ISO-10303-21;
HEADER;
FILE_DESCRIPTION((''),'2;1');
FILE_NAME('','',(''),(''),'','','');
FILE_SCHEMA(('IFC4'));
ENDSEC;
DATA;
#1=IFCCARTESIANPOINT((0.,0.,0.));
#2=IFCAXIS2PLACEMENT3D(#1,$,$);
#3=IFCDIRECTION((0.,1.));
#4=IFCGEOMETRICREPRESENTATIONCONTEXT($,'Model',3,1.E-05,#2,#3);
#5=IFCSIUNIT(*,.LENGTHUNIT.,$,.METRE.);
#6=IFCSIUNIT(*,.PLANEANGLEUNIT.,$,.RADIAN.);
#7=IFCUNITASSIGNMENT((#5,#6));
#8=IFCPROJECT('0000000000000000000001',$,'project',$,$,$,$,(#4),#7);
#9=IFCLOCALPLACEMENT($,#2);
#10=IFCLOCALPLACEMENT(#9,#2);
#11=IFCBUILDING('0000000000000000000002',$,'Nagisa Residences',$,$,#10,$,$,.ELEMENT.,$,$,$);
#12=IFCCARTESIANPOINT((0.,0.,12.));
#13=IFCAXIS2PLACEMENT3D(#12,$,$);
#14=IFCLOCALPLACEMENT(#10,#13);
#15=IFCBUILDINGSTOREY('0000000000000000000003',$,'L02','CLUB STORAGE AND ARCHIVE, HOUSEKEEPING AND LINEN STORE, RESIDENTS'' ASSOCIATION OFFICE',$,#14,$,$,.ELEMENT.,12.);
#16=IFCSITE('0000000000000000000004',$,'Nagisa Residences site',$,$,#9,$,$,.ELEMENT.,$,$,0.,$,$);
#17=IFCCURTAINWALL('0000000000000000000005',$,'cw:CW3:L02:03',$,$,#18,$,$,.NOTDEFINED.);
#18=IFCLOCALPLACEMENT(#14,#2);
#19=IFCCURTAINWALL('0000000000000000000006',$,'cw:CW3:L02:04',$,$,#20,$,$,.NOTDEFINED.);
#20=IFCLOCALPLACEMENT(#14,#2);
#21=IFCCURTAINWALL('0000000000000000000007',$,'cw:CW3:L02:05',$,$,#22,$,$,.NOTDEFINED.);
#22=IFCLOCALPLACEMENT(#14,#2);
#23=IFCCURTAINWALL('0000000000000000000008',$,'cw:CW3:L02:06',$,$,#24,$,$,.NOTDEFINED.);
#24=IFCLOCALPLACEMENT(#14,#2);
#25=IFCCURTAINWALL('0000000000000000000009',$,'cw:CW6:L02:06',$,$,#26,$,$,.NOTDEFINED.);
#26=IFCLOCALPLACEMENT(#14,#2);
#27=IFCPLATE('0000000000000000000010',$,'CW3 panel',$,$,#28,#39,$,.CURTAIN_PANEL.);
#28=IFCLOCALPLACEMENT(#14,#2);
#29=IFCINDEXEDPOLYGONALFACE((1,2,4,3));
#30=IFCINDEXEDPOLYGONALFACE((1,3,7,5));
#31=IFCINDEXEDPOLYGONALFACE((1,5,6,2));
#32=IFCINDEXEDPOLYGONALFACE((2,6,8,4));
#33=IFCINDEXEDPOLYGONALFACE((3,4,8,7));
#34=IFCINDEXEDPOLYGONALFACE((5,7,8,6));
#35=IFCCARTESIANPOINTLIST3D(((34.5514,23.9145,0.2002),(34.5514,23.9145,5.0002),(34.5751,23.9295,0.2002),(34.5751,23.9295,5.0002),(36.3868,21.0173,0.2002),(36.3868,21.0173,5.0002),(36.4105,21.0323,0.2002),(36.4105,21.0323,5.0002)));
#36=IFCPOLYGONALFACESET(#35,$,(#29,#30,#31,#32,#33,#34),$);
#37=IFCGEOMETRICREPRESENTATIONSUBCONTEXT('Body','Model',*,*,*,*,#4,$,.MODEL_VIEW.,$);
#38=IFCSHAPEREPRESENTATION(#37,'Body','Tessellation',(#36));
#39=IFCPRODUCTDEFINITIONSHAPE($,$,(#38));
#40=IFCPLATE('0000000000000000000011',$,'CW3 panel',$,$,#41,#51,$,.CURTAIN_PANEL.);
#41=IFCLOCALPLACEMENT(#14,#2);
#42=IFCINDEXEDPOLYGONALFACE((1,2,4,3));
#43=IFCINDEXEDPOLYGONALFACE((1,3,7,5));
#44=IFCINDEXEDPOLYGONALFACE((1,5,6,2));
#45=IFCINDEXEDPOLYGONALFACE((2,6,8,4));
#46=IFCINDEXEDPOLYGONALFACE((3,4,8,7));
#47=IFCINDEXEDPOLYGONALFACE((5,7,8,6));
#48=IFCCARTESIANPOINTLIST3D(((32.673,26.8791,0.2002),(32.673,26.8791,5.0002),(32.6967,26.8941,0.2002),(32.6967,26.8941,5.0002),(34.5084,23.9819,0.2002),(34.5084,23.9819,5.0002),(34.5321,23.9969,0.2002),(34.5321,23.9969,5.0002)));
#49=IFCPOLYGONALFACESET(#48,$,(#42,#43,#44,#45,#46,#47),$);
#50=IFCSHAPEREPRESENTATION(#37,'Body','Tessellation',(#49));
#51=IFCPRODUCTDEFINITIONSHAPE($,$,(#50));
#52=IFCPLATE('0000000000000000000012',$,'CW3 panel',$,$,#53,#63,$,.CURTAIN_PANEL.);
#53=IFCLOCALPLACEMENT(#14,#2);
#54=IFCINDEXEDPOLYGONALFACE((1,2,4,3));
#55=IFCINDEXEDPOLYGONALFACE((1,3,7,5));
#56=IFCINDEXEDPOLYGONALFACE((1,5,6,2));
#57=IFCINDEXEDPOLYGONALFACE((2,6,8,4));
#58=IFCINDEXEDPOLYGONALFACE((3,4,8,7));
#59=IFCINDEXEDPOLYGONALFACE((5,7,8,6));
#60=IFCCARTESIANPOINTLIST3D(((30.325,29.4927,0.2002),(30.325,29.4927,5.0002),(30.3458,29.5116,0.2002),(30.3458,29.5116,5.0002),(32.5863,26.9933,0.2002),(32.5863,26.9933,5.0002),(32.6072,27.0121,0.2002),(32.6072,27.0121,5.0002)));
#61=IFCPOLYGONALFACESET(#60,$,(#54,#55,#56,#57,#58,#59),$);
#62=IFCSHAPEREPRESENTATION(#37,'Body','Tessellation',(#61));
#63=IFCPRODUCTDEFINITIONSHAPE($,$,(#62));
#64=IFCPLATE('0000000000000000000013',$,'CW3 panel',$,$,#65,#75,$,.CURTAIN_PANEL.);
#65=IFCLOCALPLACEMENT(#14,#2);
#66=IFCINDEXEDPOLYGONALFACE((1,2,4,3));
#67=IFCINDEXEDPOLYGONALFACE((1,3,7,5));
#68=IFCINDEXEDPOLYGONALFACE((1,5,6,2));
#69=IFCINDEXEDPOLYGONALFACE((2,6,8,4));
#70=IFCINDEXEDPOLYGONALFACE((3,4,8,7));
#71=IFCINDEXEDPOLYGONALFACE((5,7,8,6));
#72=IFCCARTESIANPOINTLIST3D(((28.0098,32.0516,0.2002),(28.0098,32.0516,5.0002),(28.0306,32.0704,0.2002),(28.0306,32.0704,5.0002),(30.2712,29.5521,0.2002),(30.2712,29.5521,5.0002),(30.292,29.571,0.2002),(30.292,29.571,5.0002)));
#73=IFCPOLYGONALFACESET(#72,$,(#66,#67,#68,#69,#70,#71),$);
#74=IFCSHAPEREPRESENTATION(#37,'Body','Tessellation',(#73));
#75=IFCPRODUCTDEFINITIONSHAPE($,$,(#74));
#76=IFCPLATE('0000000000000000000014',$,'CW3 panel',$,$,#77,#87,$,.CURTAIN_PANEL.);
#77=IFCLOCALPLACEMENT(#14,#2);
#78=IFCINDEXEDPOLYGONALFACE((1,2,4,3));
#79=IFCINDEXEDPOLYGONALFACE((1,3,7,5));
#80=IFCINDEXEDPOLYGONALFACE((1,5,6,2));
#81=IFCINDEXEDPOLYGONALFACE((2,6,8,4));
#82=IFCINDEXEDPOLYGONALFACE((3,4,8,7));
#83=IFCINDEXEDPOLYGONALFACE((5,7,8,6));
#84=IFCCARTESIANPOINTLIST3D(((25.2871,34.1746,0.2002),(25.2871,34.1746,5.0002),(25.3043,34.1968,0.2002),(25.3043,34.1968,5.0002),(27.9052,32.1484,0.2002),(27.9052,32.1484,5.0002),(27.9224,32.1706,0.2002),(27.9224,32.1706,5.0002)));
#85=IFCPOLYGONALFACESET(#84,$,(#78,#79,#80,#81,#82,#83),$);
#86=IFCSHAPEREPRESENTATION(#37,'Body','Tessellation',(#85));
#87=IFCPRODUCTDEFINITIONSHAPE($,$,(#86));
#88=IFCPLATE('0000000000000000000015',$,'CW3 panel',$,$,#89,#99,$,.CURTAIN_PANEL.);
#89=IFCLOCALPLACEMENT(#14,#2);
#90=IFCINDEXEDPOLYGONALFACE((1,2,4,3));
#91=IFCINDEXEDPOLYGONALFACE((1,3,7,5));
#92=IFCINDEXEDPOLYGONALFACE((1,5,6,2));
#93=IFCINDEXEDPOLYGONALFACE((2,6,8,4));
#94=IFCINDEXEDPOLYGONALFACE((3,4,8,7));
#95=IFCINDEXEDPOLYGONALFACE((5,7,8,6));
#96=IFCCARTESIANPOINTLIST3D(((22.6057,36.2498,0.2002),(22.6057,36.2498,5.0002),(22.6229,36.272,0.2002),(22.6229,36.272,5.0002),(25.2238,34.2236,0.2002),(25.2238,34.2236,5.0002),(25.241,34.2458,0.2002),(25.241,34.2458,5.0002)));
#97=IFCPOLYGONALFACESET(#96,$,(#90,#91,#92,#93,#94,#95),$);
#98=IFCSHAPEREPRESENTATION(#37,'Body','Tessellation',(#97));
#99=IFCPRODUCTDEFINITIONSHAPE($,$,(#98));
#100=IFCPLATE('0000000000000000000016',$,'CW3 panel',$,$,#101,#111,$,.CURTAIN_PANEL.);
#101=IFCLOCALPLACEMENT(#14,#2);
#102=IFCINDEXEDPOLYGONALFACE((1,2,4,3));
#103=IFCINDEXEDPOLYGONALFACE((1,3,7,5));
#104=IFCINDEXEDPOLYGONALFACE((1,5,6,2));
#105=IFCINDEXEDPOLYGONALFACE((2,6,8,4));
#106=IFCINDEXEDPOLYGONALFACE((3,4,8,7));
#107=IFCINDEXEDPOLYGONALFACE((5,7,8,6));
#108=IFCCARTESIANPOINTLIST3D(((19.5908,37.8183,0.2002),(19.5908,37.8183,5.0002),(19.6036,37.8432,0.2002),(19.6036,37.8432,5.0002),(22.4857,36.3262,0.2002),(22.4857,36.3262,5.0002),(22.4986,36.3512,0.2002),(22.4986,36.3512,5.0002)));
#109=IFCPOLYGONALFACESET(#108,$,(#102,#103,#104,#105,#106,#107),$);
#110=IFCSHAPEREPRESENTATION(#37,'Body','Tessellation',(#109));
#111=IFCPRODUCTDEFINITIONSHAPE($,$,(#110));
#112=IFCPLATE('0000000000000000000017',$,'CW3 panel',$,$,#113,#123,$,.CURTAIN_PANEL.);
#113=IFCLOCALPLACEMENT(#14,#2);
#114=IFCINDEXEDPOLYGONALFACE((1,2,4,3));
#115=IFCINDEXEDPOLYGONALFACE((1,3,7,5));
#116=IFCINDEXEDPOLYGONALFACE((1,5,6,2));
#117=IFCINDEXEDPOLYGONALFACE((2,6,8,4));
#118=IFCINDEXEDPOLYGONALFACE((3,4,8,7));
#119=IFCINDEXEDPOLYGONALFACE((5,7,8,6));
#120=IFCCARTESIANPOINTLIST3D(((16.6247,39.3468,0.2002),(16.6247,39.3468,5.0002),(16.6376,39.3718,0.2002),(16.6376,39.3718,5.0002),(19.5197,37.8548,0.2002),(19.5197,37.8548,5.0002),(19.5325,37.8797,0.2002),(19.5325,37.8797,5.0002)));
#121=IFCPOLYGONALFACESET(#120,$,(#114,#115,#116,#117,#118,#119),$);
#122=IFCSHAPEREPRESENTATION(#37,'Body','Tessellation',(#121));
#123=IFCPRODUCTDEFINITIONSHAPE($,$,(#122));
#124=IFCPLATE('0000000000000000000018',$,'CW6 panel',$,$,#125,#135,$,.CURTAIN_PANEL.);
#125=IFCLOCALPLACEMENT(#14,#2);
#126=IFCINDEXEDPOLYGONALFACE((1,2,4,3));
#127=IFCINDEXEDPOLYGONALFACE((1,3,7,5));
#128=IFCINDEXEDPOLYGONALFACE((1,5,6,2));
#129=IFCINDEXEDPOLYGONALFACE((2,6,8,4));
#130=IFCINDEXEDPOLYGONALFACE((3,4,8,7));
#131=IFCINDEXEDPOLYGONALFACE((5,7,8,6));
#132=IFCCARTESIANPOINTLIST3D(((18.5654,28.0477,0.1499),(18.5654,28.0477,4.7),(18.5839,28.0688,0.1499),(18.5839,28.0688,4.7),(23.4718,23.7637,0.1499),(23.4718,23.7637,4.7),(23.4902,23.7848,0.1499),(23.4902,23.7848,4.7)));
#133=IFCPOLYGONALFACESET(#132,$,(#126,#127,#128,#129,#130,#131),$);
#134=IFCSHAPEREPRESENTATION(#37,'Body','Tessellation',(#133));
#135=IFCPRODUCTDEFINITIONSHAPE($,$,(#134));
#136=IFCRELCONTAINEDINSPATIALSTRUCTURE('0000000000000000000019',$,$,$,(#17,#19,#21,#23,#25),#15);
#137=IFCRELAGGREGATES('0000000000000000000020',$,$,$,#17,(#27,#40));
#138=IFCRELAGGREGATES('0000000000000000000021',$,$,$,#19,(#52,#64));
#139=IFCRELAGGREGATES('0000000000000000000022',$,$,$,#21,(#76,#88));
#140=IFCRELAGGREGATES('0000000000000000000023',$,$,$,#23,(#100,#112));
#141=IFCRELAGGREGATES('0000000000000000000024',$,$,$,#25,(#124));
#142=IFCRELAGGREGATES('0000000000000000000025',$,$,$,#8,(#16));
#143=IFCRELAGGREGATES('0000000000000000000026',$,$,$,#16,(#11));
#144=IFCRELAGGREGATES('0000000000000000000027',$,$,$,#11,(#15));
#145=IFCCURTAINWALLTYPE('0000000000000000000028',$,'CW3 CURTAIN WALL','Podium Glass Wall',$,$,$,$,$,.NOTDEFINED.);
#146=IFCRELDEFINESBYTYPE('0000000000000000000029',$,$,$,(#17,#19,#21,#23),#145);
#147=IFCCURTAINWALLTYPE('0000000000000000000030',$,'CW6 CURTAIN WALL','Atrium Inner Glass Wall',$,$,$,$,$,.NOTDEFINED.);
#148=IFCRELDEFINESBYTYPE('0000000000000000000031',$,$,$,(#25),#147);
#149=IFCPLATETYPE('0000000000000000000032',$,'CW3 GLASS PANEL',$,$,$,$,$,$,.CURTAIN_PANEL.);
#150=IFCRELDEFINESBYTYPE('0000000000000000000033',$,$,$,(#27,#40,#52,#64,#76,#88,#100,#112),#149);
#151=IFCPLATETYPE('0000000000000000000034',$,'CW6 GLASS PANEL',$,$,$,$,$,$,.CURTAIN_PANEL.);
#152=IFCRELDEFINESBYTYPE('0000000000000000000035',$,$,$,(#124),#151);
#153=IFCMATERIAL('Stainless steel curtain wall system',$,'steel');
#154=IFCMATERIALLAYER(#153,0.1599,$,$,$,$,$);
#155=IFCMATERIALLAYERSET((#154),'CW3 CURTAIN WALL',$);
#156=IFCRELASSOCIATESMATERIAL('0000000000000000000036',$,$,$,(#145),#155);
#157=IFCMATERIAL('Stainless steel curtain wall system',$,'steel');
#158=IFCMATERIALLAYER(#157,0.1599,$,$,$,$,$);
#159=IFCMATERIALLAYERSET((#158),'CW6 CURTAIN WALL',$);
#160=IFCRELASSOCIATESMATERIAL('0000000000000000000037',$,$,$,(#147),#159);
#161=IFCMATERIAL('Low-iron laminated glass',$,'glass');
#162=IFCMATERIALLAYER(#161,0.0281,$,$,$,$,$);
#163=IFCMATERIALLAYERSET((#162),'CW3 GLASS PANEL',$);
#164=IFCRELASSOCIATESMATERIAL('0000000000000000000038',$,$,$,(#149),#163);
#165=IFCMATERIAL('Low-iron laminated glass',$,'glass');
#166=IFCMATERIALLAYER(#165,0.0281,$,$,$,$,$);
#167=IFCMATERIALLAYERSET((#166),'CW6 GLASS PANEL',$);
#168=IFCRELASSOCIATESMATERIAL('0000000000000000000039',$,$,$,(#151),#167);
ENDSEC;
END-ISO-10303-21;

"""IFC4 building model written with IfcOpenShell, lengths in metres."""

from ifc_helpers import new_model, si_unit, direction, frame, origin, origin_2d, place, context, subcontext, project, spatial, rectangle, extrude, material, layer, layer_set, type_object, element, aggregate, save


model = new_model("IFC4")

# Units and contexts
model_context = context("Model", 3, precision=1e-05, world=origin(), true_north=direction((0.0, 1.0)))
body_context = subcontext(model_context, "Body", "Model", "MODEL_VIEW")
ifc_project = project(units=[si_unit("LENGTHUNIT", "METRE"), si_unit("PLANEANGLEUNIT", "RADIAN")], contexts=[model_context])

# Site, building, storey
site_placement = place(None, origin())
site = spatial("IfcSite", under=ifc_project, at=site_placement, Name="Nagisa Residences site", CompositionType="ELEMENT", RefElevation=0.0)
building_placement = place(site_placement, origin())
building = spatial("IfcBuilding", under=site, at=building_placement, Name="Nagisa Residences", CompositionType="ELEMENT")
storey_placement = place(building_placement, frame((0.0, 0.0, 12.0)))
storey = spatial("IfcBuildingStorey", under=building, at=storey_placement, Name="L02", Description="CLUB STORAGE AND ARCHIVE, HOUSEKEEPING AND LINEN STORE, RESIDENTS' ASSOCIATION OFFICE", CompositionType="ELEMENT", Elevation=12.0)

# Curtain walls
ifc_material_1 = material(Name="Stainless steel curtain wall system", Category="steel")
ifc_layer_1 = layer(ifc_material_1, 0.1599)
ifc_layer_set_1 = layer_set([ifc_layer_1], Name="CW3 CURTAIN WALL")
curtain_wall_type_1 = type_object("IfcCurtainWallType", Name="CW3 CURTAIN WALL", Description="Podium Glass Wall", PredefinedType="NOTDEFINED", material=ifc_layer_set_1)
curtain_wall_1_placement = place(storey_placement, origin())
curtain_wall_1 = element("IfcCurtainWall", 1, at=curtain_wall_1_placement, inside=storey, type_object=curtain_wall_type_1, Name="cw:CW3:L02:03", PredefinedType="NOTDEFINED")
curtain_wall_2_placement = place(storey_placement, origin())
curtain_wall_2 = element("IfcCurtainWall", 2, at=curtain_wall_2_placement, inside=storey, type_object=curtain_wall_type_1, Name="cw:CW3:L02:04", PredefinedType="NOTDEFINED")
curtain_wall_3_placement = place(storey_placement, origin())
curtain_wall_3 = element("IfcCurtainWall", 3, at=curtain_wall_3_placement, inside=storey, type_object=curtain_wall_type_1, Name="cw:CW3:L02:05", PredefinedType="NOTDEFINED")
curtain_wall_4_placement = place(storey_placement, origin())
curtain_wall_4 = element("IfcCurtainWall", 4, at=curtain_wall_4_placement, inside=storey, type_object=curtain_wall_type_1, Name="cw:CW3:L02:06", PredefinedType="NOTDEFINED")

# Curtain wall
ifc_material_2 = material(Name="Stainless steel curtain wall system", Category="steel")
ifc_layer_2 = layer(ifc_material_2, 0.1599)
ifc_layer_set_2 = layer_set([ifc_layer_2], Name="CW6 CURTAIN WALL")
curtain_wall_type_2 = type_object("IfcCurtainWallType", Name="CW6 CURTAIN WALL", Description="Atrium Inner Glass Wall", PredefinedType="NOTDEFINED", material=ifc_layer_set_2)
curtain_wall_5_placement = place(storey_placement, origin())
curtain_wall_5 = element("IfcCurtainWall", 5, at=curtain_wall_5_placement, inside=storey, type_object=curtain_wall_type_2, Name="cw:CW6:L02:06", PredefinedType="NOTDEFINED")

# Plates
ifc_material_3 = material(Name="Low-iron laminated glass", Category="glass")
ifc_layer_3 = layer(ifc_material_3, 0.0281)
ifc_layer_set_3 = layer_set([ifc_layer_3], Name="CW3 GLASS PANEL")
plate_type_1 = type_object("IfcPlateType", Name="CW3 GLASS PANEL", PredefinedType="CURTAIN_PANEL", material=ifc_layer_set_3)
plate_1_placement = place(storey_placement, frame((35.481, 22.4734, 0.2002), z_axis=(0.0, 0.0, 1.0), x_axis=(-0.535165, 0.844747, 0.0)))
plate_1 = element("IfcPlate", 6, at=plate_1_placement, type_object=plate_type_1, Name="CW3 panel", PredefinedType="CURTAIN_PANEL", context=body_context, shape_type="SweptSolid", body=[
    extrude(rectangle(XDim=3.4297, YDim=0.0281, at=origin_2d()), origin(), (0.0, 0.0, 1.0), 4.8),
])
plate_2_placement = place(storey_placement, frame((33.6025, 25.438, 0.2002), z_axis=(0.0, 0.0, 1.0), x_axis=(-0.535165, 0.844747, 0.0)))
plate_2 = element("IfcPlate", 7, at=plate_2_placement, type_object=plate_type_1, Name="CW3 panel", PredefinedType="CURTAIN_PANEL", context=body_context, shape_type="SweptSolid", body=[
    extrude(rectangle(XDim=3.4297, YDim=0.0281, at=origin_2d()), origin(), (0.0, 0.0, 1.0), 4.8),
])
aggregate(curtain_wall_1, [plate_1, plate_2])
plate_3_placement = place(storey_placement, frame((31.4661, 28.2524, 0.2002), z_axis=(0.0, 0.0, 1.0), x_axis=(-0.670913, 0.741536, 0.0)))
plate_3 = element("IfcPlate", 8, at=plate_3_placement, type_object=plate_type_1, Name="CW3 panel", PredefinedType="CURTAIN_PANEL", context=body_context, shape_type="SweptSolid", body=[
    extrude(rectangle(XDim=3.3706, YDim=0.0281, at=origin_2d()), origin(), (0.0, 0.0, 1.0), 4.8),
])
plate_4_placement = place(storey_placement, frame((29.1509, 30.8113, 0.2002), z_axis=(0.0, 0.0, 1.0), x_axis=(-0.670913, 0.741536, 0.0)))
plate_4 = element("IfcPlate", 9, at=plate_4_placement, type_object=plate_type_1, Name="CW3 panel", PredefinedType="CURTAIN_PANEL", context=body_context, shape_type="SweptSolid", body=[
    extrude(rectangle(XDim=3.3706, YDim=0.0281, at=origin_2d()), origin(), (0.0, 0.0, 1.0), 4.8),
])
aggregate(curtain_wall_2, [plate_3, plate_4])
plate_5_placement = place(storey_placement, frame((26.6047, 33.1726, 0.2002), z_axis=(0.0, 0.0, 1.0), x_axis=(-0.790831, 0.612035, 0.0)))
plate_5 = element("IfcPlate", 10, at=plate_5_placement, type_object=plate_type_1, Name="CW3 panel", PredefinedType="CURTAIN_PANEL", context=body_context, shape_type="SweptSolid", body=[
    extrude(rectangle(XDim=3.3105, YDim=0.0281, at=origin_2d()), origin(), (0.0, 0.0, 1.0), 4.8),
])
plate_6_placement = place(storey_placement, frame((23.9233, 35.2478, 0.2002), z_axis=(0.0, 0.0, 1.0), x_axis=(-0.790831, 0.612035, 0.0)))
plate_6 = element("IfcPlate", 11, at=plate_6_placement, type_object=plate_type_1, Name="CW3 panel", PredefinedType="CURTAIN_PANEL", context=body_context, shape_type="SweptSolid", body=[
    extrude(rectangle(XDim=3.3105, YDim=0.0281, at=origin_2d()), origin(), (0.0, 0.0, 1.0), 4.8),
])
aggregate(curtain_wall_3, [plate_5, plate_6])
plate_7_placement = place(storey_placement, frame((21.0447, 37.0847, 0.2002), z_axis=(0.0, 0.0, 1.0), x_axis=(-0.888887, 0.458126, 0.0)))
plate_7 = element("IfcPlate", 12, at=plate_7_placement, type_object=plate_type_1, Name="CW3 panel", PredefinedType="CURTAIN_PANEL", context=body_context, shape_type="SweptSolid", body=[
    extrude(rectangle(XDim=3.2568, YDim=0.0281, at=origin_2d()), origin(), (0.0, 0.0, 1.0), 4.8),
])
plate_8_placement = place(storey_placement, frame((18.0786, 38.6133, 0.2002), z_axis=(0.0, 0.0, 1.0), x_axis=(-0.888887, 0.458126, 0.0)))
plate_8 = element("IfcPlate", 13, at=plate_8_placement, type_object=plate_type_1, Name="CW3 panel", PredefinedType="CURTAIN_PANEL", context=body_context, shape_type="SweptSolid", body=[
    extrude(rectangle(XDim=3.2568, YDim=0.0281, at=origin_2d()), origin(), (0.0, 0.0, 1.0), 4.8),
])
aggregate(curtain_wall_4, [plate_7, plate_8])
ifc_material_4 = material(Name="Low-iron laminated glass", Category="glass")
ifc_layer_4 = layer(ifc_material_4, 0.0281)
ifc_layer_set_4 = layer_set([ifc_layer_4], Name="CW6 GLASS PANEL")
plate_type_2 = type_object("IfcPlateType", Name="CW6 GLASS PANEL", PredefinedType="CURTAIN_PANEL", material=ifc_layer_set_4)
plate_9_placement = place(storey_placement, frame((21.0278, 25.9163, 0.1499), z_axis=(0.0, 0.0, 1.0), x_axis=(-0.753261, 0.657721, 0.0)))
plate_9 = element("IfcPlate", 14, at=plate_9_placement, type_object=plate_type_2, Name="CW6 panel", PredefinedType="CURTAIN_PANEL", context=body_context, shape_type="SweptSolid", body=[
    extrude(rectangle(XDim=6.5134, YDim=0.0281, at=origin_2d()), origin(), (0.0, 0.0, 1.0), 4.55),
])
aggregate(curtain_wall_5, [plate_9])

save(model, "model.ifc")
